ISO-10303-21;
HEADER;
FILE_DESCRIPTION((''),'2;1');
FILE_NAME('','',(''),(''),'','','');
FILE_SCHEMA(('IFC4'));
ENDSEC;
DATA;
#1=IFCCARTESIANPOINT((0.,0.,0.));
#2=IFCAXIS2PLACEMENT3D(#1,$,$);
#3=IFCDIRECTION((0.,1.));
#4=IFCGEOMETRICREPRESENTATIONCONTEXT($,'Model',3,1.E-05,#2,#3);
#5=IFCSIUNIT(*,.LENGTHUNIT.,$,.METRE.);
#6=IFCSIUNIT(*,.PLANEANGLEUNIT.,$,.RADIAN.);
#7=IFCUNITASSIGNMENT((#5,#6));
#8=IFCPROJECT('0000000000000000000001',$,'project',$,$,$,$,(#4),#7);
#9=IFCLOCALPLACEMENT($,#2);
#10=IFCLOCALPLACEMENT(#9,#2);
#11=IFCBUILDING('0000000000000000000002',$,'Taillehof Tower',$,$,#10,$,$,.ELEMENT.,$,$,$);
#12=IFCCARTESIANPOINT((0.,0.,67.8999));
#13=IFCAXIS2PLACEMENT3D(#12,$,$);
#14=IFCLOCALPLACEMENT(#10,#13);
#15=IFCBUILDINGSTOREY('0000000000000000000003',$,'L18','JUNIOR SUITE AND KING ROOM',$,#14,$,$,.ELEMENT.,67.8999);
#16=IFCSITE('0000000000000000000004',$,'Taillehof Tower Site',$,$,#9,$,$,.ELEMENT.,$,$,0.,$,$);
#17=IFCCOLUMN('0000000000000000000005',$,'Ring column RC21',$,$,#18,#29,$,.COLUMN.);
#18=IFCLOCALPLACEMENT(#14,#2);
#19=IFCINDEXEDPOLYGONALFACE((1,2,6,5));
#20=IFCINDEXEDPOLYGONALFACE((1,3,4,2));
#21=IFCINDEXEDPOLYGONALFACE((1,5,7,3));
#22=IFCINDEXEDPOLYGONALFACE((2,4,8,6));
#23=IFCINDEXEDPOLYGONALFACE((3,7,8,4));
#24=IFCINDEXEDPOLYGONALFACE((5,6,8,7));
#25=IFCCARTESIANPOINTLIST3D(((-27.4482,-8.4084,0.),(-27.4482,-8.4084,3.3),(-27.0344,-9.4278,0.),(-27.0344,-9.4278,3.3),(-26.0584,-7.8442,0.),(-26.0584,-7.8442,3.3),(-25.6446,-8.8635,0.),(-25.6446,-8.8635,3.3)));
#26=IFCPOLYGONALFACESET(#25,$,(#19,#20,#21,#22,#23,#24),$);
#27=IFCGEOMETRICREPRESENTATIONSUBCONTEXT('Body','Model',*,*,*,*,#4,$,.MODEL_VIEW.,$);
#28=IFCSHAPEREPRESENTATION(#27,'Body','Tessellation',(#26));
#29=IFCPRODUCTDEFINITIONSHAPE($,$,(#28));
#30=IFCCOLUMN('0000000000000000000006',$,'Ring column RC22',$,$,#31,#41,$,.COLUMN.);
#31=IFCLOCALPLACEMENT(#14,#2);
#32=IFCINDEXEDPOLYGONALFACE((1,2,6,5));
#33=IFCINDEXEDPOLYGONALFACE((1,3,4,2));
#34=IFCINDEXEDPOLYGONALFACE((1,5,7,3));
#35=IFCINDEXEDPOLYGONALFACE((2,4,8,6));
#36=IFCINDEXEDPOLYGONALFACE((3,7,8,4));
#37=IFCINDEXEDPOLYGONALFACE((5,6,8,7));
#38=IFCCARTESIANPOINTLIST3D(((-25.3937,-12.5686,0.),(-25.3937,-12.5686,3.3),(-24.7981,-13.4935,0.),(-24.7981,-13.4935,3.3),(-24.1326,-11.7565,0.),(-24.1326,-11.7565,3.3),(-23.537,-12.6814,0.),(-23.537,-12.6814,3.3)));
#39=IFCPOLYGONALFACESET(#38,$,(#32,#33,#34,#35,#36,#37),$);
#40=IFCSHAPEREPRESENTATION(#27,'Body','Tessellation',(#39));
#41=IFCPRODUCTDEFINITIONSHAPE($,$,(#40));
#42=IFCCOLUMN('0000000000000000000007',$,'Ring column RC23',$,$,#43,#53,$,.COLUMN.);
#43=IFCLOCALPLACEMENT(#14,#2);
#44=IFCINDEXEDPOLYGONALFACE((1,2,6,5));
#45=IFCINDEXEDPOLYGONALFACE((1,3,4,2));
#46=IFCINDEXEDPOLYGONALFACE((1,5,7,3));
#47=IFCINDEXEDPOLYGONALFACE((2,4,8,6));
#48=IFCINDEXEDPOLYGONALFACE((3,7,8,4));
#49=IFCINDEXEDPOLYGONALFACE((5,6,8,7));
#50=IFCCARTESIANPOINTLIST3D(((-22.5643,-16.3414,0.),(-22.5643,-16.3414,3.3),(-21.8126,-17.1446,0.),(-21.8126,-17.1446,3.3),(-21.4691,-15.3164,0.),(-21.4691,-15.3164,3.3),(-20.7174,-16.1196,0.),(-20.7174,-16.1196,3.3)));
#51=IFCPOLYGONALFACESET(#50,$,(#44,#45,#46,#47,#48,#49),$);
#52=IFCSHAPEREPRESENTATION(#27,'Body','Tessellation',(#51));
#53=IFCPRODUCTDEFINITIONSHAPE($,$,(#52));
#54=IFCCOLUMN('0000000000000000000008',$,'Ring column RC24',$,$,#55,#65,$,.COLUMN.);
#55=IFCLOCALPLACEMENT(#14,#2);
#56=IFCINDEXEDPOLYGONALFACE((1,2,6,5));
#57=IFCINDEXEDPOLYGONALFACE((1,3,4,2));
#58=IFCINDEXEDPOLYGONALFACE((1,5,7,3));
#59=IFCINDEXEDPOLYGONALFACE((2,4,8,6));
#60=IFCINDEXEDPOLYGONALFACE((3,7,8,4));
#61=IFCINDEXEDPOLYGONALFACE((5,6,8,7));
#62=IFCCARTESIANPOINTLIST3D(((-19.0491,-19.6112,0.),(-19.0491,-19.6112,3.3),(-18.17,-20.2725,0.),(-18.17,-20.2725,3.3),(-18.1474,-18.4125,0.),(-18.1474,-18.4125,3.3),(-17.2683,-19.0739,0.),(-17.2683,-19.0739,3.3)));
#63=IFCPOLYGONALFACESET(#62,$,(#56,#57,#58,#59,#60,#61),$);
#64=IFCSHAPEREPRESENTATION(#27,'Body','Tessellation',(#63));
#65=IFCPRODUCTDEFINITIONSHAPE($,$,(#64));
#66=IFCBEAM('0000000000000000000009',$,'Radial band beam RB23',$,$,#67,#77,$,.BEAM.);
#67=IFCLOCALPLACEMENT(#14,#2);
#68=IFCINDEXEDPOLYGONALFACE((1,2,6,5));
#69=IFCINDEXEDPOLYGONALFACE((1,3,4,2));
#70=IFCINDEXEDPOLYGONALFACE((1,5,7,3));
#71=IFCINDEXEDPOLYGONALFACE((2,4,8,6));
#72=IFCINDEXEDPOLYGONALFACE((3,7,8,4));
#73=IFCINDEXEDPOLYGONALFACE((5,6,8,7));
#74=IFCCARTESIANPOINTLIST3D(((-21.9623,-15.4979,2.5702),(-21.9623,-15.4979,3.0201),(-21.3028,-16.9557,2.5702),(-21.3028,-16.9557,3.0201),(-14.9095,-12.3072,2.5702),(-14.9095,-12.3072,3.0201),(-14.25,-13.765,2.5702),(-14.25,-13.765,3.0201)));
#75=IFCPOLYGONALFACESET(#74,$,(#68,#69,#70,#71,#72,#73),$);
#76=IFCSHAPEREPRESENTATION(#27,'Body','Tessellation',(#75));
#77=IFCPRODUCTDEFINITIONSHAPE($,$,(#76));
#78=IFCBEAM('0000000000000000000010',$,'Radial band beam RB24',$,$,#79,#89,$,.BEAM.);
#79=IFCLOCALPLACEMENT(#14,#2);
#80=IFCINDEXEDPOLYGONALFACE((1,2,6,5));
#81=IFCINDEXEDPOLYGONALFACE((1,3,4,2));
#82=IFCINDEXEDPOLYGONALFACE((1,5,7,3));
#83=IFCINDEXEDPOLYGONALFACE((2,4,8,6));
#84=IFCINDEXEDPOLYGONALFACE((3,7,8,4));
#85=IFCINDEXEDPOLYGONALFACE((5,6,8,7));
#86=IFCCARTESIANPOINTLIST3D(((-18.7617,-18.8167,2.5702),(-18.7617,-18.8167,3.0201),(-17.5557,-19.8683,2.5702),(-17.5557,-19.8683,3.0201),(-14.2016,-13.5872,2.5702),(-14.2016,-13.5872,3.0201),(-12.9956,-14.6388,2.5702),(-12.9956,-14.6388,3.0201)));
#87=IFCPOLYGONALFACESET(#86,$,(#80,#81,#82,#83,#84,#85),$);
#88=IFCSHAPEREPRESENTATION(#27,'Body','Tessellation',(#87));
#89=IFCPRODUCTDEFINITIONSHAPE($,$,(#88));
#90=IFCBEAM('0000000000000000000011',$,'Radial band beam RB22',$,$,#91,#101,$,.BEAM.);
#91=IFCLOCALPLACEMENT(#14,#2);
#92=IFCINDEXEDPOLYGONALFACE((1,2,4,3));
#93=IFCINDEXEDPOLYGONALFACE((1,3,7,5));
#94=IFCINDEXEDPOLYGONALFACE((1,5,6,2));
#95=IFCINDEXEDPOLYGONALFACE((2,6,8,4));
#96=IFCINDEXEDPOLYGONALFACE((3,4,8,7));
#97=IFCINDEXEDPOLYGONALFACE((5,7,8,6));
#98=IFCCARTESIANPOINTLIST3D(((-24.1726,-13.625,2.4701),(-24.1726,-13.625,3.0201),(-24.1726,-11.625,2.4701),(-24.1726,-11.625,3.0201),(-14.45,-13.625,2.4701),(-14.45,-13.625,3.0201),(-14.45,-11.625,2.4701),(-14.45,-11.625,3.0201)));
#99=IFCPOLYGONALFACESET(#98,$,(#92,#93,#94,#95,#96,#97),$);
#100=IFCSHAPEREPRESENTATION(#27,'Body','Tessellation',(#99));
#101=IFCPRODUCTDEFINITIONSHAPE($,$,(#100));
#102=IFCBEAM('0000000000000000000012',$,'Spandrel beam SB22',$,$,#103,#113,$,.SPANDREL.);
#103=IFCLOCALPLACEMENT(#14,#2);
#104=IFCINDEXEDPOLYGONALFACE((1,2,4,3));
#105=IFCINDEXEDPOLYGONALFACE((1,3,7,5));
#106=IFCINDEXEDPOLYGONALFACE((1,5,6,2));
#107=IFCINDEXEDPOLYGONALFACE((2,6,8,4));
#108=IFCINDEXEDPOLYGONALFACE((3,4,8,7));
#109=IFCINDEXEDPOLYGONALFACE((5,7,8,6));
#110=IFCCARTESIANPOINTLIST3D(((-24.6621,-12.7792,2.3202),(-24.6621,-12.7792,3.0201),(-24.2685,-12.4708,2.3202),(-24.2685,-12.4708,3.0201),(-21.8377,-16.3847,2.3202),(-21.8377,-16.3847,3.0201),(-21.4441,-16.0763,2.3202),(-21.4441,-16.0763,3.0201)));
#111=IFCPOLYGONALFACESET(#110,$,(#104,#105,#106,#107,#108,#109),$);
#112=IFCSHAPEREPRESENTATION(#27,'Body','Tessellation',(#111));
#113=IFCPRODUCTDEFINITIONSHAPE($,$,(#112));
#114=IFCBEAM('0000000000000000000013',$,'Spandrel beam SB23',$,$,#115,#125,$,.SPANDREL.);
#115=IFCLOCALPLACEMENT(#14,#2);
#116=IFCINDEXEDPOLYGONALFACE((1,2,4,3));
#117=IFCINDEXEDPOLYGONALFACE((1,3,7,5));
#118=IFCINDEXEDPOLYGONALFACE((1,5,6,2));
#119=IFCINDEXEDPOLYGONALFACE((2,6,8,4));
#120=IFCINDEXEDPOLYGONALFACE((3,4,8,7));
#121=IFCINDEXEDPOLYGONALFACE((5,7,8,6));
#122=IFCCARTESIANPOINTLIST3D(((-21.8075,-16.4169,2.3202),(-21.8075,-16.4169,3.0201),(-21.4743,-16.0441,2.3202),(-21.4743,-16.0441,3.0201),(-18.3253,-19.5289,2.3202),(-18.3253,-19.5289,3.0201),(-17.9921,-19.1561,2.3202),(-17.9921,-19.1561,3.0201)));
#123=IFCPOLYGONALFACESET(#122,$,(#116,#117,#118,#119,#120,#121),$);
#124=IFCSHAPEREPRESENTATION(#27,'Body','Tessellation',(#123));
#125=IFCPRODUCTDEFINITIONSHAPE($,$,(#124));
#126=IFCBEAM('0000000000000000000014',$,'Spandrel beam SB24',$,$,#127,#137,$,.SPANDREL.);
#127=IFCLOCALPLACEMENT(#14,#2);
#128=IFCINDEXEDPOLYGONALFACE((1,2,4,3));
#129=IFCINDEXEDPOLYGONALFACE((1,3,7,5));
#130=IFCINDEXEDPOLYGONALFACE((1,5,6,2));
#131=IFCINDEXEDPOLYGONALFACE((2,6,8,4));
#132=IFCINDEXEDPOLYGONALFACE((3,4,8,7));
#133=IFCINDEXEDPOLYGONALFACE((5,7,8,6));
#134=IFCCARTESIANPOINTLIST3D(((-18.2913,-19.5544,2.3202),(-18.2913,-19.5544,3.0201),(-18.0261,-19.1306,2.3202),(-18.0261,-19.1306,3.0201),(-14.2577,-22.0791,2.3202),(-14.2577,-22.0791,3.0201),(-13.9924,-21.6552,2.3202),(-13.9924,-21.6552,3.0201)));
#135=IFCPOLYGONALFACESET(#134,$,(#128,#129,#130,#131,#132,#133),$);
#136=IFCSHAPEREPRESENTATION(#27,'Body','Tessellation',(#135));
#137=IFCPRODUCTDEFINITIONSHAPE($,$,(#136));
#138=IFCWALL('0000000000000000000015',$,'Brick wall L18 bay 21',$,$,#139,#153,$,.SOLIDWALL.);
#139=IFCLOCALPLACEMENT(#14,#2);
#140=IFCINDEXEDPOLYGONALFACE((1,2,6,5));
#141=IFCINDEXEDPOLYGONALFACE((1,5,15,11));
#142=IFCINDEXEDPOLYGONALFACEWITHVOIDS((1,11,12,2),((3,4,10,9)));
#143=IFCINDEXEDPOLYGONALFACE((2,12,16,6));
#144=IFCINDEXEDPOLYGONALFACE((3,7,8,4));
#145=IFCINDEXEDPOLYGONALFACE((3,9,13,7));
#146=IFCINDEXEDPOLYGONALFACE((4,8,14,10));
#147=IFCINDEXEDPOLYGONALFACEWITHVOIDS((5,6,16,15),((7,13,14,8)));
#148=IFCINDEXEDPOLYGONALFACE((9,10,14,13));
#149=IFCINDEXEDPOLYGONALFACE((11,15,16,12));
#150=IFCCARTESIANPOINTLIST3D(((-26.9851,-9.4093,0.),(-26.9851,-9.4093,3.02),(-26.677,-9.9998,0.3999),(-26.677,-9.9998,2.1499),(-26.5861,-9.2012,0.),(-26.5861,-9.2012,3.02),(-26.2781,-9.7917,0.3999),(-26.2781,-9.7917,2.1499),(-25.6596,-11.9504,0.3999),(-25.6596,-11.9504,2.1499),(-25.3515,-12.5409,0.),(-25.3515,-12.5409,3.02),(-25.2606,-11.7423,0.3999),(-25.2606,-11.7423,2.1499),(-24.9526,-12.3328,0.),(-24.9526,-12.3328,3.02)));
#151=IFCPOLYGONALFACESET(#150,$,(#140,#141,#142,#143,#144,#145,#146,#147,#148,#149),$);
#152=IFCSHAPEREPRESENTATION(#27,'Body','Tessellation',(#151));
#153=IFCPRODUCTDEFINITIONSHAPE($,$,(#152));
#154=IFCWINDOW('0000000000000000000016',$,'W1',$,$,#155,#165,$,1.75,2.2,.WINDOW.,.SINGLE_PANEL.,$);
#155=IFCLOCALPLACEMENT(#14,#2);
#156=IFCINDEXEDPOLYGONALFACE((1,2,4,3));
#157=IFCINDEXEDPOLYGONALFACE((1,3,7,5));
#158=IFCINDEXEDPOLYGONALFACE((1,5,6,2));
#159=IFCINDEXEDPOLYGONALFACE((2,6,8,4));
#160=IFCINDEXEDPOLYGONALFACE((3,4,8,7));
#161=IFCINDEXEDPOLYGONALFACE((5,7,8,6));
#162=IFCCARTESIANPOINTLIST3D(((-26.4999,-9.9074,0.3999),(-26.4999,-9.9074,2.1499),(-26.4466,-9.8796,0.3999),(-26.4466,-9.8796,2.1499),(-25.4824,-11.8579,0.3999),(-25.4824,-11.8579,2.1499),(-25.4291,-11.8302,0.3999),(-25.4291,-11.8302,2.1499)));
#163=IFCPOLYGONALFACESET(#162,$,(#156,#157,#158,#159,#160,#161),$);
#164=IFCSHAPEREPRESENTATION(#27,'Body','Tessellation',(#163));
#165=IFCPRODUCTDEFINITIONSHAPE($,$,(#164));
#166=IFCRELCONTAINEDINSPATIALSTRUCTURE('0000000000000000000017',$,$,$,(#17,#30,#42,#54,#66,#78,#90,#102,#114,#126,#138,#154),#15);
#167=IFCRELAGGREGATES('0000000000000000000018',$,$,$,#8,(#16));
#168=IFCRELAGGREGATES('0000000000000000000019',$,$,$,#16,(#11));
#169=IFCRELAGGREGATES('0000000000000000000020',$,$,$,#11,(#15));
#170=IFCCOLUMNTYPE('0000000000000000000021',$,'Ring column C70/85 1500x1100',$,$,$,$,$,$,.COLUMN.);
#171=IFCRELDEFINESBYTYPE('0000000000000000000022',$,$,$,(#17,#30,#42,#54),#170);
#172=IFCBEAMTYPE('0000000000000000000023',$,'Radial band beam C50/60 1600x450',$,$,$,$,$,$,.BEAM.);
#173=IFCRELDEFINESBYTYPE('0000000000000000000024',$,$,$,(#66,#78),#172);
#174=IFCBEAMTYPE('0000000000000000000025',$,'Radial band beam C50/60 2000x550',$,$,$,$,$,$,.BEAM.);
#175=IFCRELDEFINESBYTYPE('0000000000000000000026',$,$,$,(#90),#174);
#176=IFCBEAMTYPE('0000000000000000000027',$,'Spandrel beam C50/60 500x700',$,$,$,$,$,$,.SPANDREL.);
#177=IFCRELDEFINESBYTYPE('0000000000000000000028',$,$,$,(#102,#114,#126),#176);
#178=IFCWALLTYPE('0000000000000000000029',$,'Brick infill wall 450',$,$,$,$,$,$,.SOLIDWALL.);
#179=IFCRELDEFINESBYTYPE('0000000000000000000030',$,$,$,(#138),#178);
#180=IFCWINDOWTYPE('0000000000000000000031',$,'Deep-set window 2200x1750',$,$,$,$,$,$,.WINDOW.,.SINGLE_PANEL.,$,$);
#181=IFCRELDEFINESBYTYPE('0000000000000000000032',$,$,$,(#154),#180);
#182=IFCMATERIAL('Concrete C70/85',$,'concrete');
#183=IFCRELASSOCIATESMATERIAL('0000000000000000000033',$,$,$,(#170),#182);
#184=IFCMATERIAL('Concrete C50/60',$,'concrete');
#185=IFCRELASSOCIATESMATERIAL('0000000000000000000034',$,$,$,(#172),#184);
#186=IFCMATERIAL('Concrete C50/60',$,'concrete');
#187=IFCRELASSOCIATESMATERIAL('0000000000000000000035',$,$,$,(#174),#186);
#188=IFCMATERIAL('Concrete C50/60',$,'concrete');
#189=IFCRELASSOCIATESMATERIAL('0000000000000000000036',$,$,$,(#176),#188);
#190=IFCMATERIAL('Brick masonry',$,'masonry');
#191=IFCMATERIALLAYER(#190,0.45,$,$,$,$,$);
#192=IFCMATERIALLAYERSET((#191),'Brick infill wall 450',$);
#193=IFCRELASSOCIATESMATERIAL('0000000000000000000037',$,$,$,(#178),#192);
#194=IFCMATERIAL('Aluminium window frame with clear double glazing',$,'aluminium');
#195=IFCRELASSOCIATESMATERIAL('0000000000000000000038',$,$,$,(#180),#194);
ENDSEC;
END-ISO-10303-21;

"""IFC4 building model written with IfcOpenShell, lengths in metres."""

from ifc_helpers import new_model, si_unit, direction, frame, frame_2d, origin, origin_2d, place, context, subcontext, project, spatial, rectangle, extrude, material, layer, layer_set, material_profile, profile_set, type_object, element, fill, save


model = new_model("IFC4")

# Units and contexts
model_context = context("Model", 3, precision=1e-05, world=origin(), true_north=direction((0.0, 1.0)))
body_context = subcontext(model_context, "Body", "Model", "MODEL_VIEW")
ifc_project = project(units=[si_unit("LENGTHUNIT", "METRE"), si_unit("PLANEANGLEUNIT", "RADIAN")], contexts=[model_context])

# Site, building, storey
site_placement = place(None, origin())
site = spatial("IfcSite", under=ifc_project, at=site_placement, Name="Taillehof Tower Site", CompositionType="ELEMENT", RefElevation=0.0)
building_placement = place(site_placement, origin())
building = spatial("IfcBuilding", under=site, at=building_placement, Name="Taillehof Tower", CompositionType="ELEMENT")
storey_placement = place(building_placement, frame((0.0, 0.0, 67.8999)))
storey = spatial("IfcBuildingStorey", under=building, at=storey_placement, Name="L18", Description="JUNIOR SUITE AND KING ROOM", CompositionType="ELEMENT", Elevation=67.8999)

# Columns
ifc_material_1 = material(Name="Concrete C70/85", Category="concrete")
ifc_material_profile_1 = material_profile(ifc_material_1, rectangle(XDim=1.5, YDim=1.1001, at=origin_2d()), Name="RC 1500x1100")
ifc_profile_set_1 = profile_set([ifc_material_profile_1], Name="Concrete C70/85")
column_type = type_object("IfcColumnType", Name="Ring column C70/85 1500x1100", PredefinedType="COLUMN", material=ifc_profile_set_1)
for number, where, z_axis, x_axis, name in (
    (1, (-26.5464, -8.636, 0.0), (0.0, 0.0, 1.0), (-0.926558, -0.376152, 0.0), "Ring column RC21"),
    (2, (-24.4653, -12.625, 0.0), (0.0, 0.0, 1.0), (-0.840754, -0.541418, 0.0), "Ring column RC22"),
    (3, (-21.6409, -16.2305, 0.0), (0.0, 0.0, 1.0), (-0.730113, -0.683326, 0.0), "Ring column RC23"),
    (4, (-18.1587, -19.3425, 0.0), (0.0, 0.0, 1.0), (-0.601174, -0.799118, 0.0), "Ring column RC24"),
):
    element("IfcColumn", number, at=place(storey_placement, frame(where, z_axis=z_axis, x_axis=x_axis)), inside=storey, type_object=column_type, Name=name, PredefinedType="COLUMN", context=body_context, shape_type="SweptSolid", body=[
        extrude(rectangle(XDim=1.5, YDim=1.1001, at=origin_2d()), origin(), (0.0, 0.0, 1.0), 3.3),
    ])

# Beams
ifc_material_2 = material(Name="Concrete C50/60", Category="concrete")
ifc_material_profile_2 = material_profile(ifc_material_2, rectangle(XDim=1.6001, YDim=0.45, at=origin_2d()), Name="RC 1600x450")
ifc_profile_set_2 = profile_set([ifc_material_profile_2], Name="Concrete C50/60")
beam_type_1 = type_object("IfcBeamType", Name="Radial band beam C50/60 1600x450", PredefinedType="BEAM", material=ifc_profile_set_2)
beam_1_placement = place(storey_placement, frame((-21.6326, -16.2268, 2.7952), z_axis=(0.911101, 0.412184, 0.0), x_axis=(-0.412184, 0.911101, 0.0)))
element("IfcBeam", 5, at=beam_1_placement, inside=storey, type_object=beam_type_1, Name="Radial band beam RB23", PredefinedType="BEAM", context=body_context, shape_type="SweptSolid", body=[
    extrude(rectangle(XDim=1.6001, YDim=0.45, at=origin_2d()), origin(), (0.0, 0.0, 1.0), 7.741),
])
beam_2_placement = place(storey_placement, frame((-18.1587, -19.3425, 2.7952), z_axis=(0.657218, 0.7537, 0.0), x_axis=(-0.7537, 0.657218, 0.0)))
element("IfcBeam", 6, at=beam_2_placement, inside=storey, type_object=beam_type_1, Name="Radial band beam RB24", PredefinedType="BEAM", context=body_context, shape_type="SweptSolid", body=[
    extrude(rectangle(XDim=1.6001, YDim=0.45, at=origin_2d()), origin(), (0.0, 0.0, 1.0), 6.9385),
])
ifc_material_3 = material(Name="Concrete C50/60", Category="concrete")
ifc_material_profile_3 = material_profile(ifc_material_3, rectangle(XDim=2.0, YDim=0.55, at=origin_2d()), Name="RC 2000x550")
ifc_profile_set_3 = profile_set([ifc_material_profile_3], Name="Concrete C50/60")
beam_type_2 = type_object("IfcBeamType", Name="Radial band beam C50/60 2000x550", PredefinedType="BEAM", material=ifc_profile_set_3)
beam_3_placement = place(storey_placement, frame((-24.1726, -12.625, 2.7451), z_axis=(1.0, 0.0, 0.0), x_axis=(0.0, 1.0, 0.0)))
element("IfcBeam", 7, at=beam_3_placement, inside=storey, type_object=beam_type_2, Name="Radial band beam RB22", PredefinedType="BEAM", context=body_context, shape_type="SweptSolid", body=[
    extrude(rectangle(XDim=2.0, YDim=0.55, at=origin_2d()), origin(), (0.0, 0.0, 1.0), 9.7227),
])
ifc_material_4 = material(Name="Concrete C50/60", Category="concrete")
ifc_material_profile_4 = material_profile(ifc_material_4, rectangle(XDim=0.5, YDim=0.7, at=origin_2d()), Name="RC 500x700")
ifc_profile_set_4 = profile_set([ifc_material_profile_4], Name="Concrete C50/60")
beam_type_3 = type_object("IfcBeamType", Name="Spandrel beam C50/60 500x700", PredefinedType="SPANDREL", material=ifc_profile_set_4)
beam_4_placement = place(storey_placement, frame((-24.4653, -12.625, 2.6702), z_axis=(0.616686, -0.787209, 0.0), x_axis=(0.787209, 0.616686, 0.0)))
element("IfcBeam", 8, at=beam_4_placement, inside=storey, type_object=beam_type_3, Name="Spandrel beam SB22", PredefinedType="SPANDREL", context=body_context, shape_type="SweptSolid", body=[
    extrude(rectangle(XDim=0.5, YDim=0.7, at=origin_2d()), origin(), (0.0, 0.0, 1.0), 4.5801),
])
beam_5_placement = place(storey_placement, frame((-21.6409, -16.2305, 2.6702), z_axis=(0.745621, -0.66637, 0.0), x_axis=(0.66637, 0.745621, 0.0)))
element("IfcBeam", 9, at=beam_5_placement, inside=storey, type_object=beam_type_3, Name="Spandrel beam SB23", PredefinedType="SPANDREL", context=body_context, shape_type="SweptSolid", body=[
    extrude(rectangle(XDim=0.5, YDim=0.7, at=origin_2d()), origin(), (0.0, 0.0, 1.0), 4.6702),
])
beam_6_placement = place(storey_placement, frame((-18.1587, -19.3425, 2.6702), z_axis=(0.847658, -0.530543, 0.0), x_axis=(0.530543, 0.847658, 0.0)))
element("IfcBeam", 10, at=beam_6_placement, inside=storey, type_object=beam_type_3, Name="Spandrel beam SB24", PredefinedType="SPANDREL", context=body_context, shape_type="SweptSolid", body=[
    extrude(rectangle(XDim=0.5, YDim=0.7, at=origin_2d()), origin(), (0.0, 0.0, 1.0), 4.7585),
])

# Wall, opening, window
ifc_material_5 = material(Name="Brick masonry", Category="masonry")
ifc_layer_1 = layer(ifc_material_5, 0.45)
ifc_layer_set_1 = layer_set([ifc_layer_1], Name="Brick infill wall 450")
wall_type_1 = type_object("IfcWallType", Name="Brick infill wall 450", PredefinedType="SOLIDWALL", material=ifc_layer_set_1)
wall_1_placement = place(storey_placement, frame((-26.7856, -9.3052, 0.0), z_axis=(0.0, 0.0, 1.0), x_axis=(0.462493, -0.886623, 0.0)))
wall_1 = element("IfcWall", 11, at=wall_1_placement, inside=storey, type_object=wall_type_1, Name="Brick wall L18 bay 21", PredefinedType="SOLIDWALL", context=body_context, shape_type="SweptSolid", body=[
    extrude(rectangle(XDim=3.532, YDim=0.45, at=frame_2d((1.7661, 0.0))), origin(), (0.0, 0.0, 1.0), 3.02),
])
opening_1_placement = place(wall_1_placement, frame((0.666, 0.0, 0.3999)))
opening_1 = element("IfcOpeningElement", 12, at=opening_1_placement, cuts=wall_1, PredefinedType="OPENING", context=body_context, shape_type="SweptSolid", body=[
    extrude(rectangle(XDim=2.2, YDim=1.75, at=frame_2d((1.1001, 0.875))), frame((0.0, 0.2349, 0.0), z_axis=(0.0, -1.0, 0.0), x_axis=(1.0, 0.0, 0.0)), (0.0, 0.0, 1.0), 0.47),
])
ifc_material_6 = material(Name="Aluminium window frame with clear double glazing", Category="aluminium")
window_type = type_object("IfcWindowType", Name="Deep-set window 2200x1750", PartitioningType="SINGLE_PANEL", PredefinedType="WINDOW", material=ifc_material_6)
window_1_placement = place(opening_1_placement, origin())
window_1 = element("IfcWindow", 13, at=window_1_placement, inside=storey, type_object=window_type, Name="W1", OverallHeight=1.75, OverallWidth=2.2, PartitioningType="SINGLE_PANEL", PredefinedType="WINDOW", context=body_context, shape_type="SweptSolid", body=[
    extrude(rectangle(XDim=2.2, YDim=1.75, at=frame_2d((1.1001, 0.875))), frame((0.0, 0.0349, 0.0), z_axis=(0.0, -1.0, 0.0), x_axis=(1.0, 0.0, 0.0)), (0.0, 0.0, 1.0), 0.0601),
])
fill(opening_1, window_1)

save(model, "model.ifc")
